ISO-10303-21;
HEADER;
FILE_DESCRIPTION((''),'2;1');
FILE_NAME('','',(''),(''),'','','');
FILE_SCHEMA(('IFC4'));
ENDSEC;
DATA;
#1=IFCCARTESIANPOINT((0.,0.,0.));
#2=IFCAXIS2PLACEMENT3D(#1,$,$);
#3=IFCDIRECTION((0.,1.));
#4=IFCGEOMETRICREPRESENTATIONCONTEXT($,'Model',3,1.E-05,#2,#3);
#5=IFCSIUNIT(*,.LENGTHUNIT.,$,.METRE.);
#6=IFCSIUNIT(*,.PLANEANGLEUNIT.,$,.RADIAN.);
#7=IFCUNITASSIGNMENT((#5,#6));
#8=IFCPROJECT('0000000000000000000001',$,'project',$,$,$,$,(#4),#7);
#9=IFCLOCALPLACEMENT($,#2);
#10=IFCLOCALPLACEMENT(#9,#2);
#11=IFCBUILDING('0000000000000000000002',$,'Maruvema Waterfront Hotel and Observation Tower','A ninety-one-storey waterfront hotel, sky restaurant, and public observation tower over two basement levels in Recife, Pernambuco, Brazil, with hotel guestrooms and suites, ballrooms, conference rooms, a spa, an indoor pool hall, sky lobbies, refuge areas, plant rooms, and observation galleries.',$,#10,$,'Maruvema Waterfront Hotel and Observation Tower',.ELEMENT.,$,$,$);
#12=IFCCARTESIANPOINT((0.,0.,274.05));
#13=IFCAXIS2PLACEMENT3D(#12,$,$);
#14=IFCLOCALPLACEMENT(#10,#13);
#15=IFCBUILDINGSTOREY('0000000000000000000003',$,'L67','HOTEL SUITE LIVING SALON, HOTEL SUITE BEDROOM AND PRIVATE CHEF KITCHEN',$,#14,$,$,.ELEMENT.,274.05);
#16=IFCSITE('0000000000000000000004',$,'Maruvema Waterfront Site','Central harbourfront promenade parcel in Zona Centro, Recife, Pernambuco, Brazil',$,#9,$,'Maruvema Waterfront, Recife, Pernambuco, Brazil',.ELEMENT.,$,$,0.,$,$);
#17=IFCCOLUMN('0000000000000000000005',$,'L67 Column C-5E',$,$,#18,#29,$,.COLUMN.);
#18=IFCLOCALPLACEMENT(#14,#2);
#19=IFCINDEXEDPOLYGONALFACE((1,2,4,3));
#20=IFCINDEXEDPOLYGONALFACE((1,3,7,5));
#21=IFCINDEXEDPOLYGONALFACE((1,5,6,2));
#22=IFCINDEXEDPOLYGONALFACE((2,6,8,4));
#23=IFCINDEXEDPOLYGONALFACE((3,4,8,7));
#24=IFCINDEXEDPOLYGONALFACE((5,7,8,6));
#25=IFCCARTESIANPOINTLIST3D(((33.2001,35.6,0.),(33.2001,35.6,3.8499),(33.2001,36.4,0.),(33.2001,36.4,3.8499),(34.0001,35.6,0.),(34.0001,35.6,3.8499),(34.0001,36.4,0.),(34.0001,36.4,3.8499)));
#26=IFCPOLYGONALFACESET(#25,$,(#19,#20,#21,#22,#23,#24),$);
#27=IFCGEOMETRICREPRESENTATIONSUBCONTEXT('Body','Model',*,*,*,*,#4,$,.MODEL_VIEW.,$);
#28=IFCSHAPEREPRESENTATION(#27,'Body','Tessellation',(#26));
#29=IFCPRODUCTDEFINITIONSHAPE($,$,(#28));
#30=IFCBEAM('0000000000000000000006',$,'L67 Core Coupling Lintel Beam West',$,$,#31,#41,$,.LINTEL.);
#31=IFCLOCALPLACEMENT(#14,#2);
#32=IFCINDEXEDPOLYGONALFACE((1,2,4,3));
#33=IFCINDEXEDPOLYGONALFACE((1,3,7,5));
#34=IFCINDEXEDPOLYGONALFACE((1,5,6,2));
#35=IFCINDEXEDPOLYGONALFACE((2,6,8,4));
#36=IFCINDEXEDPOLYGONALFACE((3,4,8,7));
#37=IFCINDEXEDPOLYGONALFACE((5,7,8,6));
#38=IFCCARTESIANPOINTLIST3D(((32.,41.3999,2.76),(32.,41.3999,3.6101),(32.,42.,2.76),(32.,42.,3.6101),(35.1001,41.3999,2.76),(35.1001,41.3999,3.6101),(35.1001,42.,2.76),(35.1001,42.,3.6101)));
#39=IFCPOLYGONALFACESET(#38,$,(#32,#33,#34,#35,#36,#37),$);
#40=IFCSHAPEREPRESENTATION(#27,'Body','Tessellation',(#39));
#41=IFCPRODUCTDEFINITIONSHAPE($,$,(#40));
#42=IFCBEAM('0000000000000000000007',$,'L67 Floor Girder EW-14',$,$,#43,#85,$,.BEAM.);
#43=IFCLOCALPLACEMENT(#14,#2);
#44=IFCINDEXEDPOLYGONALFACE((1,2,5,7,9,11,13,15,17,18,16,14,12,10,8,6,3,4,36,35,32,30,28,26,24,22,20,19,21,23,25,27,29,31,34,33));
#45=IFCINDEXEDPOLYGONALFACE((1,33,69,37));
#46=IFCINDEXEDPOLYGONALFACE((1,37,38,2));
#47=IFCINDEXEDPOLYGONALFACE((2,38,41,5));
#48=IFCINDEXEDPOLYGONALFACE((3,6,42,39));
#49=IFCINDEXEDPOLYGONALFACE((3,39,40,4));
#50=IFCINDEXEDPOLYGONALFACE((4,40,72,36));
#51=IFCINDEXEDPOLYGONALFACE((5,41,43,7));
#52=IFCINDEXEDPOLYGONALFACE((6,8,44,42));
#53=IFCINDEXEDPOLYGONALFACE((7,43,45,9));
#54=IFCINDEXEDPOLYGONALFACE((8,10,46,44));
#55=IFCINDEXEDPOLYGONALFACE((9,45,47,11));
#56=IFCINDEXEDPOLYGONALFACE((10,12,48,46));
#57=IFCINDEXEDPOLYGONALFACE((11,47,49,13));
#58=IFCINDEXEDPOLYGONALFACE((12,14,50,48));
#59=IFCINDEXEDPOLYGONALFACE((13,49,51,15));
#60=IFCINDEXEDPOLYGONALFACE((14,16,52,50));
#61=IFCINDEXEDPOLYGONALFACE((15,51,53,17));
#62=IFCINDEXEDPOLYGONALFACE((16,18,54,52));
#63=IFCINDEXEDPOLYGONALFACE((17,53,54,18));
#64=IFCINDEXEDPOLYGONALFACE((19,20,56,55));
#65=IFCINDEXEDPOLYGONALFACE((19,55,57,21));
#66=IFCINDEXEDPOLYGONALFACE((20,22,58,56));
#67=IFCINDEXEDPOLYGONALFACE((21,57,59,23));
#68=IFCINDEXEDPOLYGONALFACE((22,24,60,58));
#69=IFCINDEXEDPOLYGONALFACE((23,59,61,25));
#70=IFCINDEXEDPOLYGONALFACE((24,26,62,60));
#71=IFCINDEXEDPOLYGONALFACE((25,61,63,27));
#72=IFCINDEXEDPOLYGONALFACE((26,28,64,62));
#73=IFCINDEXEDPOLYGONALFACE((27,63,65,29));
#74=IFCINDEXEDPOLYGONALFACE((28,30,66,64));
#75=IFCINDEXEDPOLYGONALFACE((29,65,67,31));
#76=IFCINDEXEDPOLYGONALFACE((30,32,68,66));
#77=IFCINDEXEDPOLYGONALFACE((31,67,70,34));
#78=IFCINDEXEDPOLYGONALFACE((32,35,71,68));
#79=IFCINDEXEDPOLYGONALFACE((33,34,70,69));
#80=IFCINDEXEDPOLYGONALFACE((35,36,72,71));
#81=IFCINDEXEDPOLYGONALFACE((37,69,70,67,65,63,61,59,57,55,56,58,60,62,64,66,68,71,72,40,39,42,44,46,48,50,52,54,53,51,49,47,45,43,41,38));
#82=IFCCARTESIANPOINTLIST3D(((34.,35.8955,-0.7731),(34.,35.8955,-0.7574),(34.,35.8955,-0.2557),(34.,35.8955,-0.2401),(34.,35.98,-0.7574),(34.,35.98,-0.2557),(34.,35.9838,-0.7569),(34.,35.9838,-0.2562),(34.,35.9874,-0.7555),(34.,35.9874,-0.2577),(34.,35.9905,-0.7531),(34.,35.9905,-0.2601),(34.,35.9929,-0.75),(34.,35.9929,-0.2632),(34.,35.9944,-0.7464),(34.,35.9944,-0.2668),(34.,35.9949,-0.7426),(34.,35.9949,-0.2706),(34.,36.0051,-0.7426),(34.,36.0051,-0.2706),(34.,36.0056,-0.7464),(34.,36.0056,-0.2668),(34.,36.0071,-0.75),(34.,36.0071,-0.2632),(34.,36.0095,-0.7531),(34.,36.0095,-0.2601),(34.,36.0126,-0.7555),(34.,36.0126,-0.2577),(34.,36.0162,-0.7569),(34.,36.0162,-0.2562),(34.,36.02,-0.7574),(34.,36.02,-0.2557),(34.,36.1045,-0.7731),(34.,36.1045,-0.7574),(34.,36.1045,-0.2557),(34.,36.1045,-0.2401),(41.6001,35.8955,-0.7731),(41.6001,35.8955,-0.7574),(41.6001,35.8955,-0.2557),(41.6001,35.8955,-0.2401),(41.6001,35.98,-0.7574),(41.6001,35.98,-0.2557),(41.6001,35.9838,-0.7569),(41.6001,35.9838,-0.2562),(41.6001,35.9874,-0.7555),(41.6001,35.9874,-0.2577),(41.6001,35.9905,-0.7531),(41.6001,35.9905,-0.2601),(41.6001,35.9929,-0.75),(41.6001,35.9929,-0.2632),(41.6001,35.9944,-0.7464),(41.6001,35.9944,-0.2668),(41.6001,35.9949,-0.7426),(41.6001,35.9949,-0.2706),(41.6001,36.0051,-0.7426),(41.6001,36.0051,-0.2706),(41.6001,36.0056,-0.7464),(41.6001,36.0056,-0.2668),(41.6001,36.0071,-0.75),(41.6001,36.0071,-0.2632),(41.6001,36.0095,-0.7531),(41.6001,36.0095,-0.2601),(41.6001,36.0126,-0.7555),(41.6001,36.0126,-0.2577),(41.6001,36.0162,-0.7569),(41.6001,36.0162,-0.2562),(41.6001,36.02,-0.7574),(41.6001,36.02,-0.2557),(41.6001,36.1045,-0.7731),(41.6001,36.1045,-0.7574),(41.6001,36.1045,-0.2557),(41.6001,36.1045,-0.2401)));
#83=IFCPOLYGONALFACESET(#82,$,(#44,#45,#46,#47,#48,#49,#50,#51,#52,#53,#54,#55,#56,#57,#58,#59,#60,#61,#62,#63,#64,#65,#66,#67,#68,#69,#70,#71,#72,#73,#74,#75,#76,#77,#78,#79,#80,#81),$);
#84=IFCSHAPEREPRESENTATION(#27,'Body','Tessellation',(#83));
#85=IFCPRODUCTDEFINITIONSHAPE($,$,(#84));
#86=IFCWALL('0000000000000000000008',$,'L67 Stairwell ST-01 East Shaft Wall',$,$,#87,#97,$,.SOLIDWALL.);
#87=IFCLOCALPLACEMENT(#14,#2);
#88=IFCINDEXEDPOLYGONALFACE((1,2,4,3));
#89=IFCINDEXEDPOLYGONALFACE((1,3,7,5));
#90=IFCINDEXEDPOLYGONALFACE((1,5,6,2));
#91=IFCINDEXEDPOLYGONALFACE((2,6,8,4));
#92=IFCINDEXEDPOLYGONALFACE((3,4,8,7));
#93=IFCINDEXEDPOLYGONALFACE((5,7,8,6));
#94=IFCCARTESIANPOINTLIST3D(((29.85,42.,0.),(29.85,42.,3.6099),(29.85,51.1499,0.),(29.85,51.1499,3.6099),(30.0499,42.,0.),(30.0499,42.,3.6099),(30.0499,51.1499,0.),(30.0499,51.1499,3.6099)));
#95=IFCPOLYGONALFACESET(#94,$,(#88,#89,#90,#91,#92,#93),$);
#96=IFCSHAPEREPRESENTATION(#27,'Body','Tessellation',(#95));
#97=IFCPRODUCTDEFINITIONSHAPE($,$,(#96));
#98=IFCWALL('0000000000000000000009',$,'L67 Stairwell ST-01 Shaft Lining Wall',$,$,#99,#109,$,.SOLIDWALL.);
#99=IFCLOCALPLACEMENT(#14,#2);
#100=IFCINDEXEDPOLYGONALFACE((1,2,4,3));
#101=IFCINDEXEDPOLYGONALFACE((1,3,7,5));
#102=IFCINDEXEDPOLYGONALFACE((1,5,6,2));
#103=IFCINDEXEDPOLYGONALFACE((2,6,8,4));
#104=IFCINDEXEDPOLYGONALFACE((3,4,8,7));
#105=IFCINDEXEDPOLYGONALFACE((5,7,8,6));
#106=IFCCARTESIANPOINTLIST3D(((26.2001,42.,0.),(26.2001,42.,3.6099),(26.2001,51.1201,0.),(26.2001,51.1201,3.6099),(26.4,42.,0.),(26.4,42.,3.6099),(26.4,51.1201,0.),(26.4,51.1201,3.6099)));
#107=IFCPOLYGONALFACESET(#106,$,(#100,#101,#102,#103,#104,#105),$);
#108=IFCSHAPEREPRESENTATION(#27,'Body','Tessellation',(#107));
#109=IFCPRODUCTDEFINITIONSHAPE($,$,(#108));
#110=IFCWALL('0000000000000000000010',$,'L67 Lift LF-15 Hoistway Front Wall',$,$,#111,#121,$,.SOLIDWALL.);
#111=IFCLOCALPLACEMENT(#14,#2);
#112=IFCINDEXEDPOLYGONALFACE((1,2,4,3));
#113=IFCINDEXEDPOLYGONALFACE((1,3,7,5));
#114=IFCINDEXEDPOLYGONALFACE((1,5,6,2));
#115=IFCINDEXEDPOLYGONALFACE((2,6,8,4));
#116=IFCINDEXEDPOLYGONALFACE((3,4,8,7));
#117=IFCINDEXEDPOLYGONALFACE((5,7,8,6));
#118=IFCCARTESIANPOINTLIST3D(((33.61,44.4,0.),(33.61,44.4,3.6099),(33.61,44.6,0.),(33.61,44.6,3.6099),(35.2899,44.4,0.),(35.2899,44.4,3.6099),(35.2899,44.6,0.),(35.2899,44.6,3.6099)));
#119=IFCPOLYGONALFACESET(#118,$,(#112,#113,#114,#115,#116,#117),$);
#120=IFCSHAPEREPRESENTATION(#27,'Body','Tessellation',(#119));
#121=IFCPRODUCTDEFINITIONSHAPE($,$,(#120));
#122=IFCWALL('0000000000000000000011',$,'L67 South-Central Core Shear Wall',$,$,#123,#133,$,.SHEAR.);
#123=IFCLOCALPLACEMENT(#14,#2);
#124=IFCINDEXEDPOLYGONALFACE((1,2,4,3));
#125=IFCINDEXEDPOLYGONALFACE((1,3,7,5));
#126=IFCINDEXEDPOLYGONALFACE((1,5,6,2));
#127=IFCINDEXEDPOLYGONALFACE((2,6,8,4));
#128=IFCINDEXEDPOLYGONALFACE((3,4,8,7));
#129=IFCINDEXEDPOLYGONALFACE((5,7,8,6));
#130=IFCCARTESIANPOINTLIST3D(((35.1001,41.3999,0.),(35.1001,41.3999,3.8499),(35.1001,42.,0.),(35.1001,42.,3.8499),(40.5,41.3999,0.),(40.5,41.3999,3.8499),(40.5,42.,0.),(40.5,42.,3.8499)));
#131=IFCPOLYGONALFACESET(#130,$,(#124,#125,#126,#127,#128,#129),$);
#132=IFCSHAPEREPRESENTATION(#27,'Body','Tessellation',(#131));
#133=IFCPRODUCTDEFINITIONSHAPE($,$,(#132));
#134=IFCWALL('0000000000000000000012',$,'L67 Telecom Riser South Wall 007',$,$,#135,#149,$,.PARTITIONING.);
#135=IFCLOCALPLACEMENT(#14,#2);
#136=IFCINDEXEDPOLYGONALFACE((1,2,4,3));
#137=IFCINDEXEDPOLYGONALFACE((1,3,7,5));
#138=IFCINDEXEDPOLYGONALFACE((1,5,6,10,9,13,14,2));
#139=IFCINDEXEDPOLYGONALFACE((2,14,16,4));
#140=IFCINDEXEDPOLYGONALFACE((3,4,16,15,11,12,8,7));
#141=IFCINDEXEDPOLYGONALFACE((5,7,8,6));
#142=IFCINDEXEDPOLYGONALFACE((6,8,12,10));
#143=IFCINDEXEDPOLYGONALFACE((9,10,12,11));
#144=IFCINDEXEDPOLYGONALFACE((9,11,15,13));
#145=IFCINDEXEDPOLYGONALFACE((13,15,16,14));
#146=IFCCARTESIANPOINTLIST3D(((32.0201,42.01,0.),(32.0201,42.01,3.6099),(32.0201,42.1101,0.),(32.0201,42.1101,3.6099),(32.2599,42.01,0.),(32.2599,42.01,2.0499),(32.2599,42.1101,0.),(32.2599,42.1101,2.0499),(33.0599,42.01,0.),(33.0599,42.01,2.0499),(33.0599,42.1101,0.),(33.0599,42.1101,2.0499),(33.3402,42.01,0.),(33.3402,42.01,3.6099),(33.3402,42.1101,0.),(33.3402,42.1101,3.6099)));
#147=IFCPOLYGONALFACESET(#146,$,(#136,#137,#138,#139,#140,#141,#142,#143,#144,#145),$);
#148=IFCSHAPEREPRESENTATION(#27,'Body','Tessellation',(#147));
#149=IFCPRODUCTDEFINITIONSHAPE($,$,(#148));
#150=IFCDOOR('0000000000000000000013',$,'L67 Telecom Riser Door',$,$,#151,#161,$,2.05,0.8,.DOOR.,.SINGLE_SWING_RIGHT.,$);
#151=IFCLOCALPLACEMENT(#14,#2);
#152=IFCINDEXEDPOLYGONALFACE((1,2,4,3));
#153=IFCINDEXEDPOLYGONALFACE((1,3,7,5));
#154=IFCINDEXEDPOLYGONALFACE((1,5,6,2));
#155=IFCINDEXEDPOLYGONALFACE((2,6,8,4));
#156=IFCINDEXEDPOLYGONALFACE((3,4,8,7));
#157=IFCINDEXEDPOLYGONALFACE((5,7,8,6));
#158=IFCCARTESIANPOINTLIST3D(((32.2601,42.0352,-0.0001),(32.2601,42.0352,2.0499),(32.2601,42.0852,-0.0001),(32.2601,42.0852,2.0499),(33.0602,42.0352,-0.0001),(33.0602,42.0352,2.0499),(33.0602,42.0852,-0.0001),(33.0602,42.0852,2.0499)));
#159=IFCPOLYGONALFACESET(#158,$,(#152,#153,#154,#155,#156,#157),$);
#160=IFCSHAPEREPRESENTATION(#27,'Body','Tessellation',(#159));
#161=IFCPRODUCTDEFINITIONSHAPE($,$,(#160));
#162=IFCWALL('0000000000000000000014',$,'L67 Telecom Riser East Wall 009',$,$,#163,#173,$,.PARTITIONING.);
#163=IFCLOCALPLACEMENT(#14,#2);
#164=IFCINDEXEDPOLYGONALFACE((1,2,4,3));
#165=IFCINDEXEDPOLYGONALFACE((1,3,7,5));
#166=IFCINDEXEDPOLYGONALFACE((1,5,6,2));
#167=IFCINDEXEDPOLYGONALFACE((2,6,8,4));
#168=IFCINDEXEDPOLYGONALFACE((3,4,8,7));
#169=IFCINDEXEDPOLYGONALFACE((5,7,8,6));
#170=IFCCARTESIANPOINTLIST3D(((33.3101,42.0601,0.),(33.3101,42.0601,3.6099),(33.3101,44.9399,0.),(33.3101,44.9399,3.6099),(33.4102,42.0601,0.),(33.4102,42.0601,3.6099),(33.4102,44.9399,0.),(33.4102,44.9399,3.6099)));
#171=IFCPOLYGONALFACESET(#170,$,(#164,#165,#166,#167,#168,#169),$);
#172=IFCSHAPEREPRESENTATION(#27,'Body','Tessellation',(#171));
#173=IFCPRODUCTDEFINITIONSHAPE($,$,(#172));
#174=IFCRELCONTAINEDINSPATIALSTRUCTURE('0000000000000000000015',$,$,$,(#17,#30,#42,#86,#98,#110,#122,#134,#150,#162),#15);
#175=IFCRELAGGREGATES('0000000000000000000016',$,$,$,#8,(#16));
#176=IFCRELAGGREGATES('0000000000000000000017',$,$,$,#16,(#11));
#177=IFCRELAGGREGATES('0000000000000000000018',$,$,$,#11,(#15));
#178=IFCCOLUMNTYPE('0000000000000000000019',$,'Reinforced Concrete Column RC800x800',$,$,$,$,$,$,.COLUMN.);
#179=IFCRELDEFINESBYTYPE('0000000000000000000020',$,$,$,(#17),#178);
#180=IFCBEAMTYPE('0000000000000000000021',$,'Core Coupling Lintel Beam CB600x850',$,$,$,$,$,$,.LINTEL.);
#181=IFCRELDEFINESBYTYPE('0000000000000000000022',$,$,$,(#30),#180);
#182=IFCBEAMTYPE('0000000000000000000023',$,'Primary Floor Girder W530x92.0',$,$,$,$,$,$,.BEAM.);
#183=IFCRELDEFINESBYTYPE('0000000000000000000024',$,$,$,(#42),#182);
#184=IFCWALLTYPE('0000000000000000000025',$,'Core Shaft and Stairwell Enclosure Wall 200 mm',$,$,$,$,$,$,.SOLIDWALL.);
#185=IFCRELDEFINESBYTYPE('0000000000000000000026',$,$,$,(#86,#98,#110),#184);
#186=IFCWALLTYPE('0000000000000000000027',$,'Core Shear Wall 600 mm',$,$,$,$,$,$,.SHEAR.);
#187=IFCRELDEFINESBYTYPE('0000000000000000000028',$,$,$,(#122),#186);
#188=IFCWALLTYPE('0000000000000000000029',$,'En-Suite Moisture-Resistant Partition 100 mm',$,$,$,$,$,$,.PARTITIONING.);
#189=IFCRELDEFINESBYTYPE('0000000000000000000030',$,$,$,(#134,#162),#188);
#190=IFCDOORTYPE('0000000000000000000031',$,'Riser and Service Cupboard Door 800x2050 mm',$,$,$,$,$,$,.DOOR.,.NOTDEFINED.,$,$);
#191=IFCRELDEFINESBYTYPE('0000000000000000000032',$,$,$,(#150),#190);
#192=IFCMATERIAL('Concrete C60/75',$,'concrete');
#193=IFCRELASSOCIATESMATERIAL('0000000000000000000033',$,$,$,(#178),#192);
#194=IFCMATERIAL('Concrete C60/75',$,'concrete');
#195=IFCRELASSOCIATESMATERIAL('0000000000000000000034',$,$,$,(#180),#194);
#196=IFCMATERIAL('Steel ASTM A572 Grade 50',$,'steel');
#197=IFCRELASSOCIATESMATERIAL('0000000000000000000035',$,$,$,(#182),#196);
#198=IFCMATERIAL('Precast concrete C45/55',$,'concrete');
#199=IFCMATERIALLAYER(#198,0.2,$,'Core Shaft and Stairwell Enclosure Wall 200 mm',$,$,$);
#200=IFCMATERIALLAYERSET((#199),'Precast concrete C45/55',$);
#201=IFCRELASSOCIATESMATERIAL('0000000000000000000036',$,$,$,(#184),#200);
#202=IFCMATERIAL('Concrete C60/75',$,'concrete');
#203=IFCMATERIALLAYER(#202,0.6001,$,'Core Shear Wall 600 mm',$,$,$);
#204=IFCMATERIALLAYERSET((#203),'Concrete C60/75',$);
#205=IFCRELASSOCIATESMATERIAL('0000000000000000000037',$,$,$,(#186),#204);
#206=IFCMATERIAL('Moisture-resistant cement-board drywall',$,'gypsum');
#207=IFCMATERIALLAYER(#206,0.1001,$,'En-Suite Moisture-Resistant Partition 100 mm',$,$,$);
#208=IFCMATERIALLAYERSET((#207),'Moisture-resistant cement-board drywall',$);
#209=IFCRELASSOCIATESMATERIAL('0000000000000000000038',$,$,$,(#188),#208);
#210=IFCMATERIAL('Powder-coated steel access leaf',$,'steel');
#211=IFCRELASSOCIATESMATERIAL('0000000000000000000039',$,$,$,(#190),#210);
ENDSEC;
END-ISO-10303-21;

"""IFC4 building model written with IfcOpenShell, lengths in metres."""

from ifc_helpers import new_model, si_unit, direction, frame, frame_2d, origin, origin_2d, place, context, subcontext, project, spatial, rectangle, i_section, extrude, material, layer, layer_set, material_profile, profile_set, type_object, element, fill, save


model = new_model("IFC4")

# Units and contexts
model_context = context("Model", 3, precision=1e-05, world=origin(), true_north=direction((0.0, 1.0)))
body_context = subcontext(model_context, "Body", "Model", "MODEL_VIEW")
ifc_project = project(units=[si_unit("LENGTHUNIT", "METRE"), si_unit("PLANEANGLEUNIT", "RADIAN")], contexts=[model_context])

# Site, building, storey
site_placement = place(None, origin())
site = spatial("IfcSite", under=ifc_project, at=site_placement, Name="Maruvema Waterfront Site", Description="Central harbourfront promenade parcel in Zona Centro, Recife, Pernambuco, Brazil", LongName="Maruvema Waterfront, Recife, Pernambuco, Brazil", CompositionType="ELEMENT", RefElevation=0.0)
building_placement = place(site_placement, origin())
building = spatial("IfcBuilding", under=site, at=building_placement, Name="Maruvema Waterfront Hotel and Observation Tower", Description="A ninety-one-storey waterfront hotel, sky restaurant, and public observation tower over two basement levels in Recife, Pernambuco, Brazil, with hotel guestrooms and suites, ballrooms, conference rooms, a spa, an indoor pool hall, sky lobbies, refuge areas, plant rooms, and observation galleries.", LongName="Maruvema Waterfront Hotel and Observation Tower", CompositionType="ELEMENT")
storey_placement = place(building_placement, frame((0.0, 0.0, 274.05)))
storey = spatial("IfcBuildingStorey", under=building, at=storey_placement, Name="L67", Description="HOTEL SUITE LIVING SALON, HOTEL SUITE BEDROOM AND PRIVATE CHEF KITCHEN", CompositionType="ELEMENT", Elevation=274.05)

# Column
ifc_material_1 = material(Name="Concrete C60/75", Category="concrete")
ifc_material_profile_1 = material_profile(ifc_material_1, rectangle(XDim=0.8, YDim=0.8, at=origin_2d()), Name="RC800x800")
ifc_profile_set_1 = profile_set([ifc_material_profile_1], Name="Concrete C60/75")
column_type = type_object("IfcColumnType", Name="Reinforced Concrete Column RC800x800", PredefinedType="COLUMN", material=ifc_profile_set_1)
column_placement = place(storey_placement, frame((33.6001, 36.0, 0.0), z_axis=(0.0, 0.0, 1.0), x_axis=(1.0, 0.0, 0.0)))
element("IfcColumn", 1, at=column_placement, inside=storey, type_object=column_type, Name="L67 Column C-5E", PredefinedType="COLUMN", context=body_context, shape_type="SweptSolid", body=[
    extrude(rectangle(XDim=0.8, YDim=0.8, at=origin_2d()), origin(), (0.0, 0.0, 1.0), 3.8499),
])

# Beams
ifc_material_2 = material(Name="Concrete C60/75", Category="concrete")
ifc_material_profile_2 = material_profile(ifc_material_2, rectangle(XDim=0.6001, YDim=0.8501, at=origin_2d()), Name="CB600x850")
ifc_profile_set_2 = profile_set([ifc_material_profile_2], Name="Concrete C60/75")
beam_type_1 = type_object("IfcBeamType", Name="Core Coupling Lintel Beam CB600x850", PredefinedType="LINTEL", material=ifc_profile_set_2)
beam_1_placement = place(storey_placement, frame((32.0, 41.7, 3.1851), z_axis=(1.0, 0.0, 0.0), x_axis=(0.0, 1.0, 0.0)))
element("IfcBeam", 2, at=beam_1_placement, inside=storey, type_object=beam_type_1, Name="L67 Core Coupling Lintel Beam West", PredefinedType="LINTEL", context=body_context, shape_type="SweptSolid", body=[
    extrude(rectangle(XDim=0.6001, YDim=0.8501, at=origin_2d()), origin(), (0.0, 0.0, 1.0), 3.1001),
])
ifc_material_3 = material(Name="Steel ASTM A572 Grade 50", Category="steel")
ifc_material_profile_3 = material_profile(ifc_material_3, i_section(OverallWidth=0.209, OverallDepth=0.533, WebThickness=0.0103, FlangeThickness=0.0156, FilletRadius=0.0149, at=origin_2d()), Name="W530x92.0")
ifc_profile_set_3 = profile_set([ifc_material_profile_3], Name="Steel ASTM A572 Grade 50")
beam_type_2 = type_object("IfcBeamType", Name="Primary Floor Girder W530x92.0", PredefinedType="BEAM", material=ifc_profile_set_3)
beam_2_placement = place(storey_placement, frame((34.0, 36.0, -0.5066), z_axis=(1.0, 0.0, 0.0), x_axis=(0.0, 1.0, 0.0)))
element("IfcBeam", 3, at=beam_2_placement, inside=storey, type_object=beam_type_2, Name="L67 Floor Girder EW-14", PredefinedType="BEAM", context=body_context, shape_type="SweptSolid", body=[
    extrude(i_section(OverallWidth=0.209, OverallDepth=0.533, WebThickness=0.0103, FlangeThickness=0.0156, FilletRadius=0.0149, at=origin_2d()), origin(), (0.0, 0.0, 1.0), 7.6001),
])

# Walls
ifc_material_4 = material(Name="Precast concrete C45/55", Category="concrete")
ifc_layer_1 = layer(ifc_material_4, 0.2, Name="Core Shaft and Stairwell Enclosure Wall 200 mm")
ifc_layer_set_1 = layer_set([ifc_layer_1], Name="Precast concrete C45/55")
wall_type_1 = type_object("IfcWallType", Name="Core Shaft and Stairwell Enclosure Wall 200 mm", PredefinedType="SOLIDWALL", material=ifc_layer_set_1)
wall_1_placement = place(storey_placement, frame((29.95, 42.0, 0.0), z_axis=(0.0, 0.0, 1.0), x_axis=(0.0, 1.0, 0.0)))
element("IfcWall", 4, at=wall_1_placement, inside=storey, type_object=wall_type_1, Name="L67 Stairwell ST-01 East Shaft Wall", PredefinedType="SOLIDWALL", context=body_context, shape_type="SweptSolid", body=[
    extrude(rectangle(XDim=9.1499, YDim=0.2, at=frame_2d((4.575, 0.0))), origin(), (0.0, 0.0, 1.0), 3.6099),
])
wall_2_placement = place(storey_placement, frame((26.3, 42.0, 0.0), z_axis=(0.0, 0.0, 1.0), x_axis=(0.0, 1.0, 0.0)))
element("IfcWall", 5, at=wall_2_placement, inside=storey, type_object=wall_type_1, Name="L67 Stairwell ST-01 Shaft Lining Wall", PredefinedType="SOLIDWALL", context=body_context, shape_type="SweptSolid", body=[
    extrude(rectangle(XDim=9.1201, YDim=0.2, at=frame_2d((4.5601, 0.0))), origin(), (0.0, 0.0, 1.0), 3.6099),
])
wall_3_placement = place(storey_placement, frame((33.6101, 44.5, 0.0), z_axis=(0.0, 0.0, 1.0), x_axis=(1.0, 0.0, 0.0)))
element("IfcWall", 6, at=wall_3_placement, inside=storey, type_object=wall_type_1, Name="L67 Lift LF-15 Hoistway Front Wall", PredefinedType="SOLIDWALL", context=body_context, shape_type="SweptSolid", body=[
    extrude(rectangle(XDim=1.6799, YDim=0.2, at=frame_2d((0.8398, 0.0))), origin(), (0.0, 0.0, 1.0), 3.6099),
])
ifc_material_5 = material(Name="Concrete C60/75", Category="concrete")
ifc_layer_2 = layer(ifc_material_5, 0.6001, Name="Core Shear Wall 600 mm")
ifc_layer_set_2 = layer_set([ifc_layer_2], Name="Concrete C60/75")
wall_type_2 = type_object("IfcWallType", Name="Core Shear Wall 600 mm", PredefinedType="SHEAR", material=ifc_layer_set_2)
wall_4_placement = place(storey_placement, frame((35.1001, 41.7, 0.0), z_axis=(0.0, 0.0, 1.0), x_axis=(1.0, 0.0, 0.0)))
element("IfcWall", 7, at=wall_4_placement, inside=storey, type_object=wall_type_2, Name="L67 South-Central Core Shear Wall", PredefinedType="SHEAR", context=body_context, shape_type="SweptSolid", body=[
    extrude(rectangle(XDim=5.3999, YDim=0.6001, at=frame_2d((2.7, 0.0))), origin(), (0.0, 0.0, 1.0), 3.8499),
])

# Wall, opening, door
ifc_material_6 = material(Name="Moisture-resistant cement-board drywall", Category="gypsum")
ifc_layer_3 = layer(ifc_material_6, 0.1001, Name="En-Suite Moisture-Resistant Partition 100 mm")
ifc_layer_set_3 = layer_set([ifc_layer_3], Name="Moisture-resistant cement-board drywall")
wall_type_3 = type_object("IfcWallType", Name="En-Suite Moisture-Resistant Partition 100 mm", PredefinedType="PARTITIONING", material=ifc_layer_set_3)
wall_5_placement = place(storey_placement, frame((32.02, 42.0601, 0.0), z_axis=(0.0, 0.0, 1.0), x_axis=(1.0, 0.0, 0.0)))
wall_5 = element("IfcWall", 8, at=wall_5_placement, inside=storey, type_object=wall_type_3, Name="L67 Telecom Riser South Wall 007", PredefinedType="PARTITIONING", context=body_context, shape_type="SweptSolid", body=[
    extrude(rectangle(XDim=1.3201, YDim=0.1001, at=frame_2d((0.6602, 0.0))), origin(), (0.0, 0.0, 1.0), 3.6099),
])
opening_1_placement = place(wall_5_placement, frame((0.24, 0.0, 0.0)))
opening_1 = element("IfcOpeningElement", 9, at=opening_1_placement, cuts=wall_5, PredefinedType="OPENING", context=body_context, shape_type="SweptSolid", body=[
    extrude(rectangle(XDim=0.8, YDim=2.05, at=frame_2d((0.3999, 1.0249))), frame((0.0, 0.0601, 0.0), z_axis=(0.0, -1.0, 0.0), x_axis=(1.0, 0.0, 0.0)), (0.0, 0.0, 1.0), 0.1201),
])
ifc_material_7 = material(Name="Powder-coated steel access leaf", Category="steel")
door_type_1 = type_object("IfcDoorType", Name="Riser and Service Cupboard Door 800x2050 mm", OperationType="NOTDEFINED", PredefinedType="DOOR", material=ifc_material_7)
door_1_placement = place(opening_1_placement, frame((0.8, 0.0, 0.0), z_axis=(0.0, 0.0, 1.0), x_axis=(-1.0, 0.0, 0.0)))
door_1 = element("IfcDoor", 10, at=door_1_placement, inside=storey, type_object=door_type_1, Name="L67 Telecom Riser Door", OperationType="SINGLE_SWING_RIGHT", OverallHeight=2.05, OverallWidth=0.8, PredefinedType="DOOR", context=body_context, shape_type="SweptSolid", body=[
    extrude(rectangle(XDim=0.8, YDim=2.05, at=frame_2d((0.3999, 1.0249))), frame((0.0, 0.0249, 0.0), z_axis=(0.0, -1.0, 0.0), x_axis=(1.0, 0.0, 0.0)), (0.0, 0.0, 1.0), 0.05),
])
fill(opening_1, door_1)

# Wall
wall_6_placement = place(storey_placement, frame((33.3601, 42.0601, 0.0), z_axis=(0.0, 0.0, 1.0), x_axis=(0.0, 1.0, 0.0)))
element("IfcWall", 11, at=wall_6_placement, inside=storey, type_object=wall_type_3, Name="L67 Telecom Riser East Wall 009", PredefinedType="PARTITIONING", context=body_context, shape_type="SweptSolid", body=[
    extrude(rectangle(XDim=2.8799, YDim=0.1001, at=frame_2d((1.4399, 0.0))), origin(), (0.0, 0.0, 1.0), 3.6099),
])

save(model, "model.ifc")
